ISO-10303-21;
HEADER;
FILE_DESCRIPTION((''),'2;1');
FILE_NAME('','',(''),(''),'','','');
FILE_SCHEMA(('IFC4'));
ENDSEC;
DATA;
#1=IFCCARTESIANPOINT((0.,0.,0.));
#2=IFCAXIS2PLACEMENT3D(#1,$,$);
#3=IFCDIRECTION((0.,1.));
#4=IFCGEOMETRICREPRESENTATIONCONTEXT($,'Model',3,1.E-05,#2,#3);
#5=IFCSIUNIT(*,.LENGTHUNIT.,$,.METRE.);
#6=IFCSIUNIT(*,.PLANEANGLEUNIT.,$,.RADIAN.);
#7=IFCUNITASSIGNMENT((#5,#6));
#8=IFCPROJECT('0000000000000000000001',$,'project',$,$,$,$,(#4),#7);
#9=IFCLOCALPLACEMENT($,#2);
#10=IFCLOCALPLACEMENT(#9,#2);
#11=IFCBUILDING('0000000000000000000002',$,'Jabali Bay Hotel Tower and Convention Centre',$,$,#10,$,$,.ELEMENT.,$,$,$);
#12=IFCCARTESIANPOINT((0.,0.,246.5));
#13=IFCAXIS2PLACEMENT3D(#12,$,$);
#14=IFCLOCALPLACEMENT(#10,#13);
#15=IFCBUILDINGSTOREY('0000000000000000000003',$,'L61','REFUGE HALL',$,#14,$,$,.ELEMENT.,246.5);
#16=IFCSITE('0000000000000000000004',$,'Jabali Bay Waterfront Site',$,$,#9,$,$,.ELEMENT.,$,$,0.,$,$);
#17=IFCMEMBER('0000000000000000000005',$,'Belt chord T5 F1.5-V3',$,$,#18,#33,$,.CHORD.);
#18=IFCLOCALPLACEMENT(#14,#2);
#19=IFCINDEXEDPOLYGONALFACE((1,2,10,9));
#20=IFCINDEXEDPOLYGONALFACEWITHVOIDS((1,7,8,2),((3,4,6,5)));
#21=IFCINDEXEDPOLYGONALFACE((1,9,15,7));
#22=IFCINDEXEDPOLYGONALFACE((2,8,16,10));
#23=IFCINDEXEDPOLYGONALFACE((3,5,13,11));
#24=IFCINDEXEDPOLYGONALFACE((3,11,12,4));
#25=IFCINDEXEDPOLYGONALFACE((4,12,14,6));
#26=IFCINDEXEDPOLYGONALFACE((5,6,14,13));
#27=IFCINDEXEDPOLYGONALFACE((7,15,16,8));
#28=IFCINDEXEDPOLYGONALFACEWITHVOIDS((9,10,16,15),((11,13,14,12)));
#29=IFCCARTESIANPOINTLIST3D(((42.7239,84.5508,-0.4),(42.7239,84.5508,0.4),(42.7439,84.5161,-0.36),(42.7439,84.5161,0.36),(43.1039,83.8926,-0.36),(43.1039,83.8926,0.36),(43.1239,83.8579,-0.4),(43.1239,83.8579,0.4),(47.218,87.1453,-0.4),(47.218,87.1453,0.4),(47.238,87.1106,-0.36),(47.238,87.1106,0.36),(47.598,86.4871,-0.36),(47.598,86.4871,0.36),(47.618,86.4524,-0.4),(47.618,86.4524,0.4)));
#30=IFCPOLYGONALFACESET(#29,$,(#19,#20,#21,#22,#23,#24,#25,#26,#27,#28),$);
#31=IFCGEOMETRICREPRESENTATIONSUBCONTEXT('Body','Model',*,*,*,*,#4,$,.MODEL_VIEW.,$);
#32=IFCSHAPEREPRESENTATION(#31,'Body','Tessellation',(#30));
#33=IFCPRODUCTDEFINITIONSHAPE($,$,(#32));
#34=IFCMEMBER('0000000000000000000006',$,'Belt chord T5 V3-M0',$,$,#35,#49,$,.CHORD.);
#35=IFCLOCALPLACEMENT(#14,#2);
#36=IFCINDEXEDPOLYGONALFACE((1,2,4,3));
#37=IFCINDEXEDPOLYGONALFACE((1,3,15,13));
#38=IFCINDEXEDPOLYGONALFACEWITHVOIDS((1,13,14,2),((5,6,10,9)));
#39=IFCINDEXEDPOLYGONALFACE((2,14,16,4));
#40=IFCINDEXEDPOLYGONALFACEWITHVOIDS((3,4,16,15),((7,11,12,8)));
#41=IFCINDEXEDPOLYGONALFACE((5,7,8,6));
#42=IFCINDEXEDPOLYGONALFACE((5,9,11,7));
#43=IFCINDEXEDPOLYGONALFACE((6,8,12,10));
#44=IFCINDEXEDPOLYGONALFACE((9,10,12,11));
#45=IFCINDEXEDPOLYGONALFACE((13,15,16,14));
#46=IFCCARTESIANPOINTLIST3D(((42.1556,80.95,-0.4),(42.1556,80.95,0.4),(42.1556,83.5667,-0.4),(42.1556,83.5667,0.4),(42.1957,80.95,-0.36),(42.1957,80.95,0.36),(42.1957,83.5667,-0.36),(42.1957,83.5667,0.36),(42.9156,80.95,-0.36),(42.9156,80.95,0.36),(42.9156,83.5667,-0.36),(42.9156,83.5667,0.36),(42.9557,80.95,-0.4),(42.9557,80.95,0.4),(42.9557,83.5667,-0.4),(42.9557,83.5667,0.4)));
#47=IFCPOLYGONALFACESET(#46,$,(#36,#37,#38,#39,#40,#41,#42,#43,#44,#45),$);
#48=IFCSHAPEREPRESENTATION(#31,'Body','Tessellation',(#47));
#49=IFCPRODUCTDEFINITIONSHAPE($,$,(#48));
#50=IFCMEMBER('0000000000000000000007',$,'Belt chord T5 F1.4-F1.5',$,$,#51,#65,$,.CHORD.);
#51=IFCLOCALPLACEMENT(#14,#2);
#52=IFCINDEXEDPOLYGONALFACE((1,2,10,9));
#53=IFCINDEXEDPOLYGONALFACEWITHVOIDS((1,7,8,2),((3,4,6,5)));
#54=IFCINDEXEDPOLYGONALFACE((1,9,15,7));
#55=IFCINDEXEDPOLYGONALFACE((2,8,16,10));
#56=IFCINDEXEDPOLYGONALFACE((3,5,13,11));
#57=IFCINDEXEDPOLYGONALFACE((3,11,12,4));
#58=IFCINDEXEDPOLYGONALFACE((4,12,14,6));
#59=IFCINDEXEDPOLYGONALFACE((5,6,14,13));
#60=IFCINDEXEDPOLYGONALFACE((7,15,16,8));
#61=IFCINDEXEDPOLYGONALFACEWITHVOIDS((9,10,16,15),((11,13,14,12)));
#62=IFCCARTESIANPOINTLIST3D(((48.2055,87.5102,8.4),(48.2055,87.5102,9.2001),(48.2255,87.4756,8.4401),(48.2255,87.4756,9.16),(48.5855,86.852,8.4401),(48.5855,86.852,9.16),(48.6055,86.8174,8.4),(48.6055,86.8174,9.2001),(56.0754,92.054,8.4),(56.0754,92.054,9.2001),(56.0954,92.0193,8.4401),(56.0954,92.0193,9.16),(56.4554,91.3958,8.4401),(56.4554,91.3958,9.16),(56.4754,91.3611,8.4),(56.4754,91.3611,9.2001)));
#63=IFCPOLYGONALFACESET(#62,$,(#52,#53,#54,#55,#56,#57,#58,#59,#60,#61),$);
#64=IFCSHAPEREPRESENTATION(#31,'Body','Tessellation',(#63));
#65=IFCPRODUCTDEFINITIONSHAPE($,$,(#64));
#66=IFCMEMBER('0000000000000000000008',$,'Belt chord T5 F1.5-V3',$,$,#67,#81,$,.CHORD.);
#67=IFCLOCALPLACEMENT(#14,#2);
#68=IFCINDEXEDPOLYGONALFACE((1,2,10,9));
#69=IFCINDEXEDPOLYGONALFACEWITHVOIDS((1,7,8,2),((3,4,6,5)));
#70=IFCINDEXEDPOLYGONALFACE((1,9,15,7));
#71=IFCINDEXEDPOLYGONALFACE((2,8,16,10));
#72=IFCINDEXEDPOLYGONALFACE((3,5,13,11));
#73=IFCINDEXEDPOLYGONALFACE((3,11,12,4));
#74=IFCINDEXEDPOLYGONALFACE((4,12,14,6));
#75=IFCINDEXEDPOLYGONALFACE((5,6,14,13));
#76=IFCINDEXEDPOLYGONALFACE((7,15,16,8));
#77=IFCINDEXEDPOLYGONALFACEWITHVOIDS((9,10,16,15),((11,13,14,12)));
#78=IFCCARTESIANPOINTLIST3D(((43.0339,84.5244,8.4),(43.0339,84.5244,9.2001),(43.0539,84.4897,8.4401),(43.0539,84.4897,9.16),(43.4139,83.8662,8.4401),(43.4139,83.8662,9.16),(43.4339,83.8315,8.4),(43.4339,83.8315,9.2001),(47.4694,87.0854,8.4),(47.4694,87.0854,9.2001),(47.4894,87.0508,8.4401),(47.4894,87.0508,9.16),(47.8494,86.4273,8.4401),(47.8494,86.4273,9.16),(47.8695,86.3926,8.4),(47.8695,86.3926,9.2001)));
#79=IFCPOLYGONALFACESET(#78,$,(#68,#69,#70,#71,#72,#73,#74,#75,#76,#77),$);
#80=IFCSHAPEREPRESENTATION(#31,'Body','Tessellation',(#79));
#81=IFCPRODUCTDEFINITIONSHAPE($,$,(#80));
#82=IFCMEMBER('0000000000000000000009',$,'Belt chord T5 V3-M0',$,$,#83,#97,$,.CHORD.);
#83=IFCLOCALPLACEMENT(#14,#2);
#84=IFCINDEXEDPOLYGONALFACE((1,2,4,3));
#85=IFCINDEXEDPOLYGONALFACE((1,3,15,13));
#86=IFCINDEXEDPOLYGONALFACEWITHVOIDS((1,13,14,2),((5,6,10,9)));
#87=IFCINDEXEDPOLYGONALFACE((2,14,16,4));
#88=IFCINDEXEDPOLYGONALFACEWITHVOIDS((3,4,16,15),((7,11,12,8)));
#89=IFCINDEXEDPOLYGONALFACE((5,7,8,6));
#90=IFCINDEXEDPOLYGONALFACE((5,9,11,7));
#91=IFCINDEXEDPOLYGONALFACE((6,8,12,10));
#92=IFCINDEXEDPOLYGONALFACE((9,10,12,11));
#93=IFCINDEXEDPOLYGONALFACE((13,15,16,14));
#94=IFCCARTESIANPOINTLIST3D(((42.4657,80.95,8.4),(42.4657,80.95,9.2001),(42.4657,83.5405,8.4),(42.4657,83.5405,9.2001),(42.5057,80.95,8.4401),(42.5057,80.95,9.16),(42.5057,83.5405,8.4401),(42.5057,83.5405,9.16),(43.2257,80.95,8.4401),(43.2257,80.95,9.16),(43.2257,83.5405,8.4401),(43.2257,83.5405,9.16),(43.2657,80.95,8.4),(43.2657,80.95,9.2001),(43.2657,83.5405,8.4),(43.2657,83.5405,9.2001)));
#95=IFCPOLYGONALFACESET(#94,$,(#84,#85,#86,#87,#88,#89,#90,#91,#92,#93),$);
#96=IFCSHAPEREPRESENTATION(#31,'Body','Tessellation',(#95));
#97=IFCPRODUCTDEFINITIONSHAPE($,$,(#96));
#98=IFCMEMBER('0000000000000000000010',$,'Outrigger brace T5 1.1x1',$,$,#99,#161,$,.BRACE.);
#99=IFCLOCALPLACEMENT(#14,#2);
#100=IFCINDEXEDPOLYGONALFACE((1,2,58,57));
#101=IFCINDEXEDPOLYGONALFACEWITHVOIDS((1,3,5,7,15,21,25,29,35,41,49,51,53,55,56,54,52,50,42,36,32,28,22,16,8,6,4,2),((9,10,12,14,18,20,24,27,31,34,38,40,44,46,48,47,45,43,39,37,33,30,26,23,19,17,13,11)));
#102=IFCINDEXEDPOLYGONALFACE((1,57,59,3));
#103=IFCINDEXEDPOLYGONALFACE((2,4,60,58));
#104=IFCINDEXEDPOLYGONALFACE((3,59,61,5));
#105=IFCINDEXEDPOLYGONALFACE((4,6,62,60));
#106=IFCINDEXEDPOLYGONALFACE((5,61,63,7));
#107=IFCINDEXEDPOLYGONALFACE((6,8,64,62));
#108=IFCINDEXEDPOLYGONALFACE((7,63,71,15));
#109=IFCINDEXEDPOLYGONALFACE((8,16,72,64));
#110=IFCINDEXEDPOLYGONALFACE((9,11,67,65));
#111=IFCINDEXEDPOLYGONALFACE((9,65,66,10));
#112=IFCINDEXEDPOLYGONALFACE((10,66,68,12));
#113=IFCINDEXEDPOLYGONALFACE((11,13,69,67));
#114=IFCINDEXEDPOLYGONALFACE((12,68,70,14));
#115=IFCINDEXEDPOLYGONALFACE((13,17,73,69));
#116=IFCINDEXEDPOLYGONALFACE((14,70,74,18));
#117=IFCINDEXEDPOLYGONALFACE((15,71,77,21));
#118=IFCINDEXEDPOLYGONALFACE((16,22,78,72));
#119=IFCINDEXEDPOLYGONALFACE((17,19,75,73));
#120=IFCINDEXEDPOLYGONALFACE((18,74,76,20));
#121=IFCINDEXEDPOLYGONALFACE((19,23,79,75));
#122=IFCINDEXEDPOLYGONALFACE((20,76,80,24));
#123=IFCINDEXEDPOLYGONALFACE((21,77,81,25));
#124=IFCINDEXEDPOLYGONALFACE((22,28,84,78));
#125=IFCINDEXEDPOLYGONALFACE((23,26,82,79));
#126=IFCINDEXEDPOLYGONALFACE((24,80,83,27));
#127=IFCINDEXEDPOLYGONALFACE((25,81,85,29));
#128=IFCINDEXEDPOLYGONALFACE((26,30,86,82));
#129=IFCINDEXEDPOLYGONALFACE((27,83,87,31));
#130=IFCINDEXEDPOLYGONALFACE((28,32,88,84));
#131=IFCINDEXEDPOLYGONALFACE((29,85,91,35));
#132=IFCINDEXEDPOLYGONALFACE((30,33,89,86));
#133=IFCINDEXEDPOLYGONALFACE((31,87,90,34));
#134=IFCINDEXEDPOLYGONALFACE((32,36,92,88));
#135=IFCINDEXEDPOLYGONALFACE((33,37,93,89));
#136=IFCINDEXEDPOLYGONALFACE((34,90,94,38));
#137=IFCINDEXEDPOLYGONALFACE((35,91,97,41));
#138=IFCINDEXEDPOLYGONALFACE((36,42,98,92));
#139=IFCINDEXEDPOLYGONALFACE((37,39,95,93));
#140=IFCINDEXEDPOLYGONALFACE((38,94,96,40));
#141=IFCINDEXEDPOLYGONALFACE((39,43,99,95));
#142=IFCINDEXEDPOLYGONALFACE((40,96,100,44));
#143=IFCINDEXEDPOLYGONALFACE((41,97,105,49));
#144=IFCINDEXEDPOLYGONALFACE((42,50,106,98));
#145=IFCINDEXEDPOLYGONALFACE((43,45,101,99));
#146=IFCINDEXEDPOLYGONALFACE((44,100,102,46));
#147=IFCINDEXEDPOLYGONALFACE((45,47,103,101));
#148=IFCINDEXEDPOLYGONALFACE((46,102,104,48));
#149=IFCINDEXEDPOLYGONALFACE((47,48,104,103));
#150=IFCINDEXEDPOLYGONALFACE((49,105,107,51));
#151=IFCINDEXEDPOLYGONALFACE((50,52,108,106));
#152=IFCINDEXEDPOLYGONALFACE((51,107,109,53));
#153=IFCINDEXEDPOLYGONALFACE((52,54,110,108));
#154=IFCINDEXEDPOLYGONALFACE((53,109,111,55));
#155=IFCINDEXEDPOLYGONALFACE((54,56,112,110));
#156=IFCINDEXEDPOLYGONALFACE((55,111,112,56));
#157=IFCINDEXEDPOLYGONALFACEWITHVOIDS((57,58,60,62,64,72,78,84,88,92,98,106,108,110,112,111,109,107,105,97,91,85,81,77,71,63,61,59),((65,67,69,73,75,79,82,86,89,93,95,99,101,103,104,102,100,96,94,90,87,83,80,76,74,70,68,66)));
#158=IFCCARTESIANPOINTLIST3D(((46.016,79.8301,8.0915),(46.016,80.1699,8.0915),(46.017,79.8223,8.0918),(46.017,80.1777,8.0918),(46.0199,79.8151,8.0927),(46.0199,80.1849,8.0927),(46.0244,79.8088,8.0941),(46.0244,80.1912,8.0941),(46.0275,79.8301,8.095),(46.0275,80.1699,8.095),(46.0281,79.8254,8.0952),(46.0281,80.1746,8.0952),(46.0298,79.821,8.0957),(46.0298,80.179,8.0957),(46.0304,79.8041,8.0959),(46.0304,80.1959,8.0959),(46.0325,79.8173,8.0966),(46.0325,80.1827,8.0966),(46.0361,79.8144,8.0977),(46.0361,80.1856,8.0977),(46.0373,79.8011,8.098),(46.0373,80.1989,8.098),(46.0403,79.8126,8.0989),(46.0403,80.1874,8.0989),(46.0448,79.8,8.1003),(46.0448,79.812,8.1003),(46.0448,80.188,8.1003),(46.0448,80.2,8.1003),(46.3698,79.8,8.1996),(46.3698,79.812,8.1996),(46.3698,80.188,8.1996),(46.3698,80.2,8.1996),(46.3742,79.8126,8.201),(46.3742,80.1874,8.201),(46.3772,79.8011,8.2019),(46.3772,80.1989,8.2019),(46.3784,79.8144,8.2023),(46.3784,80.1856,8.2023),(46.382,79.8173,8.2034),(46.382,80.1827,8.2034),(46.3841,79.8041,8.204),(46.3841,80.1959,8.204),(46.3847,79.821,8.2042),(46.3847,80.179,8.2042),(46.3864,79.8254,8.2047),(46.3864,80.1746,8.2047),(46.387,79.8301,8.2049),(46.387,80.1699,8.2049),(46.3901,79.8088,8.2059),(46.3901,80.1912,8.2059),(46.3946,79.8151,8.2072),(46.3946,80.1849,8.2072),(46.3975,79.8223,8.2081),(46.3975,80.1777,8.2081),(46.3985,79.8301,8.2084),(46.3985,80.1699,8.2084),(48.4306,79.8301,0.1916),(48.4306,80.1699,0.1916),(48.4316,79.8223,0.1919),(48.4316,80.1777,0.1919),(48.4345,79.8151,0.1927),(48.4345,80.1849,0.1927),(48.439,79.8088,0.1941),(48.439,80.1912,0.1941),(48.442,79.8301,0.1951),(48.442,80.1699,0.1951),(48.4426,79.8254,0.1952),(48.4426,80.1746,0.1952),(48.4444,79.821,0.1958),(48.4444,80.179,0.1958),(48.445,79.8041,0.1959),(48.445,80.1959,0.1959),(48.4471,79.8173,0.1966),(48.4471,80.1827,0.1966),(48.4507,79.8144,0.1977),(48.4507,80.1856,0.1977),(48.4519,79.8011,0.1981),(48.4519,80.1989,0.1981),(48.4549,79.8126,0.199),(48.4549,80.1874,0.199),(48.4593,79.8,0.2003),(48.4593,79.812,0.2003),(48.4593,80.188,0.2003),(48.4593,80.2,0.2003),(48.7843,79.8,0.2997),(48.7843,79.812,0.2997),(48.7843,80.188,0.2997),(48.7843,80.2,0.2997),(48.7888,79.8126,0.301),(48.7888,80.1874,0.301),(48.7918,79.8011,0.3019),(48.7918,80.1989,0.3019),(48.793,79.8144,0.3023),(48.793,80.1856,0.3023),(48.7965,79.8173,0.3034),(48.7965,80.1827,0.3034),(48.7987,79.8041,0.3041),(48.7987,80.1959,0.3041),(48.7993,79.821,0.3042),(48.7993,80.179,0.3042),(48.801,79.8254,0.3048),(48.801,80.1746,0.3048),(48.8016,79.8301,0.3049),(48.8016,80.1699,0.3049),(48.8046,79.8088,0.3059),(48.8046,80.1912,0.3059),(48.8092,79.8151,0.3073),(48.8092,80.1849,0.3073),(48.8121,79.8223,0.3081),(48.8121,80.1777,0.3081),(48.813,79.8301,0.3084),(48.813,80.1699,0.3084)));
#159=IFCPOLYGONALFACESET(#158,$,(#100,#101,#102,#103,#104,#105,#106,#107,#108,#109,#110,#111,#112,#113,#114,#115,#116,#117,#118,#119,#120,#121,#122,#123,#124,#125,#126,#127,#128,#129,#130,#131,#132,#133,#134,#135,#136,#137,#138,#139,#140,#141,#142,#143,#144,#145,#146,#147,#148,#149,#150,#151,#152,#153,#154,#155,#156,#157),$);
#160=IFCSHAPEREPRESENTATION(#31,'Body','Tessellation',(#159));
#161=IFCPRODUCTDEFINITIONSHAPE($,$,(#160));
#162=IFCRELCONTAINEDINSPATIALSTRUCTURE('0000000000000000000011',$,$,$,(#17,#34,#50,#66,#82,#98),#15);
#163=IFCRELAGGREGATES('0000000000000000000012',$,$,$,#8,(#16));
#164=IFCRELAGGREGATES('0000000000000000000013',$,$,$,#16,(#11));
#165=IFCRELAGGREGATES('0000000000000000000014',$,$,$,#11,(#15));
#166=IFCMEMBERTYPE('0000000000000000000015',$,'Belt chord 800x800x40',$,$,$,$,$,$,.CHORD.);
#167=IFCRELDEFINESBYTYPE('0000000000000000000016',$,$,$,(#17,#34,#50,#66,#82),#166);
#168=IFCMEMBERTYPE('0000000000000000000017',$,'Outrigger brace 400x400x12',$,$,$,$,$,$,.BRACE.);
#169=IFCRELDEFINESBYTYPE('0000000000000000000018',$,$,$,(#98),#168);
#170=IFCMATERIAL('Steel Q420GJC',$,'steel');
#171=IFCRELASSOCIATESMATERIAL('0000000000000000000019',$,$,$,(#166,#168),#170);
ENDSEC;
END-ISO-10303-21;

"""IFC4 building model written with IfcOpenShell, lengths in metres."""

from ifc_helpers import new_model, si_unit, direction, frame, origin, origin_2d, place, context, subcontext, project, spatial, hollow_rectangle, extrude, material, material_profile, profile_set, type_object, element, save


model = new_model("IFC4")

# Units and contexts
model_context = context("Model", 3, precision=1e-05, world=origin(), true_north=direction((0.0, 1.0)))
body_context = subcontext(model_context, "Body", "Model", "MODEL_VIEW")
ifc_project = project(units=[si_unit("LENGTHUNIT", "METRE"), si_unit("PLANEANGLEUNIT", "RADIAN")], contexts=[model_context])

# Site, building, storey
site_placement = place(None, origin())
site = spatial("IfcSite", under=ifc_project, at=site_placement, Name="Jabali Bay Waterfront Site", CompositionType="ELEMENT", RefElevation=0.0)
building_placement = place(site_placement, origin())
building = spatial("IfcBuilding", under=site, at=building_placement, Name="Jabali Bay Hotel Tower and Convention Centre", CompositionType="ELEMENT")
storey_placement = place(building_placement, frame((0.0, 0.0, 246.5)))
storey = spatial("IfcBuildingStorey", under=building, at=storey_placement, Name="L61", Description="REFUGE HALL", CompositionType="ELEMENT", Elevation=246.5)

# Members
ifc_material_1 = material(Name="Steel Q420GJC", Category="steel")
ifc_material_profile_1 = material_profile(ifc_material_1, hollow_rectangle(XDim=0.8, YDim=0.8, WallThickness=0.04, at=origin_2d()), Name="Belt chord 800x800x40")
ifc_profile_set_1 = profile_set([ifc_material_profile_1], Name="Steel Q420GJC")
member_type_1 = type_object("IfcMemberType", Name="Belt chord 800x800x40", PredefinedType="CHORD", material=ifc_profile_set_1)
member_1_placement = place(storey_placement, frame((47.418, 86.7988, 0.0), z_axis=(-0.866043, -0.49997, 0.0), x_axis=(0.49997, -0.866043, 0.0)))
element("IfcMember", 1, at=member_1_placement, inside=storey, type_object=member_type_1, Name="Belt chord T5 F1.5-V3", PredefinedType="CHORD", context=body_context, shape_type="SweptSolid", body=[
    extrude(hollow_rectangle(XDim=0.8, YDim=0.8, WallThickness=0.04, at=origin_2d()), origin(), (0.0, 0.0, 1.0), 5.1892),
])
member_2_placement = place(storey_placement, frame((42.5557, 83.5667, 0.0), z_axis=(0.0, -1.0, 0.0), x_axis=(1.0, 0.0, 0.0)))
element("IfcMember", 2, at=member_2_placement, inside=storey, type_object=member_type_1, Name="Belt chord T5 V3-M0", PredefinedType="CHORD", context=body_context, shape_type="SweptSolid", body=[
    extrude(hollow_rectangle(XDim=0.8, YDim=0.8, WallThickness=0.04, at=origin_2d()), origin(), (0.0, 0.0, 1.0), 2.6167),
])
member_3_placement = place(storey_placement, frame((56.2754, 91.7075, 8.8), z_axis=(-0.866024, -0.500002, 0.0), x_axis=(0.500002, -0.866024, 0.0)))
element("IfcMember", 3, at=member_3_placement, inside=storey, type_object=member_type_1, Name="Belt chord T5 F1.4-F1.5", PredefinedType="CHORD", context=body_context, shape_type="SweptSolid", body=[
    extrude(hollow_rectangle(XDim=0.8, YDim=0.8, WallThickness=0.04, at=origin_2d()), origin(), (0.0, 0.0, 1.0), 9.0874),
])
member_4_placement = place(storey_placement, frame((47.6694, 86.739, 8.8), z_axis=(-0.866011, -0.500025, 0.0), x_axis=(0.500025, -0.866011, 0.0)))
element("IfcMember", 4, at=member_4_placement, inside=storey, type_object=member_type_1, Name="Belt chord T5 F1.5-V3", PredefinedType="CHORD", context=body_context, shape_type="SweptSolid", body=[
    extrude(hollow_rectangle(XDim=0.8, YDim=0.8, WallThickness=0.04, at=origin_2d()), origin(), (0.0, 0.0, 1.0), 5.1218),
])
member_5_placement = place(storey_placement, frame((42.8657, 83.5405, 8.8), z_axis=(0.0, -1.0, 0.0), x_axis=(1.0, 0.0, 0.0)))
element("IfcMember", 5, at=member_5_placement, inside=storey, type_object=member_type_1, Name="Belt chord T5 V3-M0", PredefinedType="CHORD", context=body_context, shape_type="SweptSolid", body=[
    extrude(hollow_rectangle(XDim=0.8, YDim=0.8, WallThickness=0.04, at=origin_2d()), origin(), (0.0, 0.0, 1.0), 2.5906),
])
ifc_material_profile_2 = material_profile(ifc_material_1, hollow_rectangle(XDim=0.3999, YDim=0.3999, WallThickness=0.012, InnerFilletRadius=0.0181, OuterFilletRadius=0.03, at=origin_2d()), Name="Outrigger brace 400x400x12")
ifc_profile_set_2 = profile_set([ifc_material_profile_2], Name="Steel Q420GJC")
member_type_2 = type_object("IfcMemberType", Name="Outrigger brace 400x400x12", PredefinedType="BRACE", material=ifc_profile_set_2)
member_6_placement = place(storey_placement, frame((48.6218, 80.0, 0.25), z_axis=(-0.292295, 0.0, 0.956328), x_axis=(0.0, -1.0, 0.0)))
element("IfcMember", 6, at=member_6_placement, inside=storey, type_object=member_type_2, Name="Outrigger brace T5 1.1x1", PredefinedType="BRACE", context=body_context, shape_type="SweptSolid", body=[
    extrude(hollow_rectangle(XDim=0.3999, YDim=0.3999, WallThickness=0.012, InnerFilletRadius=0.0181, OuterFilletRadius=0.03, at=origin_2d()), origin(), (0.0, 0.0, 1.0), 8.2607),
])

save(model, "model.ifc")
